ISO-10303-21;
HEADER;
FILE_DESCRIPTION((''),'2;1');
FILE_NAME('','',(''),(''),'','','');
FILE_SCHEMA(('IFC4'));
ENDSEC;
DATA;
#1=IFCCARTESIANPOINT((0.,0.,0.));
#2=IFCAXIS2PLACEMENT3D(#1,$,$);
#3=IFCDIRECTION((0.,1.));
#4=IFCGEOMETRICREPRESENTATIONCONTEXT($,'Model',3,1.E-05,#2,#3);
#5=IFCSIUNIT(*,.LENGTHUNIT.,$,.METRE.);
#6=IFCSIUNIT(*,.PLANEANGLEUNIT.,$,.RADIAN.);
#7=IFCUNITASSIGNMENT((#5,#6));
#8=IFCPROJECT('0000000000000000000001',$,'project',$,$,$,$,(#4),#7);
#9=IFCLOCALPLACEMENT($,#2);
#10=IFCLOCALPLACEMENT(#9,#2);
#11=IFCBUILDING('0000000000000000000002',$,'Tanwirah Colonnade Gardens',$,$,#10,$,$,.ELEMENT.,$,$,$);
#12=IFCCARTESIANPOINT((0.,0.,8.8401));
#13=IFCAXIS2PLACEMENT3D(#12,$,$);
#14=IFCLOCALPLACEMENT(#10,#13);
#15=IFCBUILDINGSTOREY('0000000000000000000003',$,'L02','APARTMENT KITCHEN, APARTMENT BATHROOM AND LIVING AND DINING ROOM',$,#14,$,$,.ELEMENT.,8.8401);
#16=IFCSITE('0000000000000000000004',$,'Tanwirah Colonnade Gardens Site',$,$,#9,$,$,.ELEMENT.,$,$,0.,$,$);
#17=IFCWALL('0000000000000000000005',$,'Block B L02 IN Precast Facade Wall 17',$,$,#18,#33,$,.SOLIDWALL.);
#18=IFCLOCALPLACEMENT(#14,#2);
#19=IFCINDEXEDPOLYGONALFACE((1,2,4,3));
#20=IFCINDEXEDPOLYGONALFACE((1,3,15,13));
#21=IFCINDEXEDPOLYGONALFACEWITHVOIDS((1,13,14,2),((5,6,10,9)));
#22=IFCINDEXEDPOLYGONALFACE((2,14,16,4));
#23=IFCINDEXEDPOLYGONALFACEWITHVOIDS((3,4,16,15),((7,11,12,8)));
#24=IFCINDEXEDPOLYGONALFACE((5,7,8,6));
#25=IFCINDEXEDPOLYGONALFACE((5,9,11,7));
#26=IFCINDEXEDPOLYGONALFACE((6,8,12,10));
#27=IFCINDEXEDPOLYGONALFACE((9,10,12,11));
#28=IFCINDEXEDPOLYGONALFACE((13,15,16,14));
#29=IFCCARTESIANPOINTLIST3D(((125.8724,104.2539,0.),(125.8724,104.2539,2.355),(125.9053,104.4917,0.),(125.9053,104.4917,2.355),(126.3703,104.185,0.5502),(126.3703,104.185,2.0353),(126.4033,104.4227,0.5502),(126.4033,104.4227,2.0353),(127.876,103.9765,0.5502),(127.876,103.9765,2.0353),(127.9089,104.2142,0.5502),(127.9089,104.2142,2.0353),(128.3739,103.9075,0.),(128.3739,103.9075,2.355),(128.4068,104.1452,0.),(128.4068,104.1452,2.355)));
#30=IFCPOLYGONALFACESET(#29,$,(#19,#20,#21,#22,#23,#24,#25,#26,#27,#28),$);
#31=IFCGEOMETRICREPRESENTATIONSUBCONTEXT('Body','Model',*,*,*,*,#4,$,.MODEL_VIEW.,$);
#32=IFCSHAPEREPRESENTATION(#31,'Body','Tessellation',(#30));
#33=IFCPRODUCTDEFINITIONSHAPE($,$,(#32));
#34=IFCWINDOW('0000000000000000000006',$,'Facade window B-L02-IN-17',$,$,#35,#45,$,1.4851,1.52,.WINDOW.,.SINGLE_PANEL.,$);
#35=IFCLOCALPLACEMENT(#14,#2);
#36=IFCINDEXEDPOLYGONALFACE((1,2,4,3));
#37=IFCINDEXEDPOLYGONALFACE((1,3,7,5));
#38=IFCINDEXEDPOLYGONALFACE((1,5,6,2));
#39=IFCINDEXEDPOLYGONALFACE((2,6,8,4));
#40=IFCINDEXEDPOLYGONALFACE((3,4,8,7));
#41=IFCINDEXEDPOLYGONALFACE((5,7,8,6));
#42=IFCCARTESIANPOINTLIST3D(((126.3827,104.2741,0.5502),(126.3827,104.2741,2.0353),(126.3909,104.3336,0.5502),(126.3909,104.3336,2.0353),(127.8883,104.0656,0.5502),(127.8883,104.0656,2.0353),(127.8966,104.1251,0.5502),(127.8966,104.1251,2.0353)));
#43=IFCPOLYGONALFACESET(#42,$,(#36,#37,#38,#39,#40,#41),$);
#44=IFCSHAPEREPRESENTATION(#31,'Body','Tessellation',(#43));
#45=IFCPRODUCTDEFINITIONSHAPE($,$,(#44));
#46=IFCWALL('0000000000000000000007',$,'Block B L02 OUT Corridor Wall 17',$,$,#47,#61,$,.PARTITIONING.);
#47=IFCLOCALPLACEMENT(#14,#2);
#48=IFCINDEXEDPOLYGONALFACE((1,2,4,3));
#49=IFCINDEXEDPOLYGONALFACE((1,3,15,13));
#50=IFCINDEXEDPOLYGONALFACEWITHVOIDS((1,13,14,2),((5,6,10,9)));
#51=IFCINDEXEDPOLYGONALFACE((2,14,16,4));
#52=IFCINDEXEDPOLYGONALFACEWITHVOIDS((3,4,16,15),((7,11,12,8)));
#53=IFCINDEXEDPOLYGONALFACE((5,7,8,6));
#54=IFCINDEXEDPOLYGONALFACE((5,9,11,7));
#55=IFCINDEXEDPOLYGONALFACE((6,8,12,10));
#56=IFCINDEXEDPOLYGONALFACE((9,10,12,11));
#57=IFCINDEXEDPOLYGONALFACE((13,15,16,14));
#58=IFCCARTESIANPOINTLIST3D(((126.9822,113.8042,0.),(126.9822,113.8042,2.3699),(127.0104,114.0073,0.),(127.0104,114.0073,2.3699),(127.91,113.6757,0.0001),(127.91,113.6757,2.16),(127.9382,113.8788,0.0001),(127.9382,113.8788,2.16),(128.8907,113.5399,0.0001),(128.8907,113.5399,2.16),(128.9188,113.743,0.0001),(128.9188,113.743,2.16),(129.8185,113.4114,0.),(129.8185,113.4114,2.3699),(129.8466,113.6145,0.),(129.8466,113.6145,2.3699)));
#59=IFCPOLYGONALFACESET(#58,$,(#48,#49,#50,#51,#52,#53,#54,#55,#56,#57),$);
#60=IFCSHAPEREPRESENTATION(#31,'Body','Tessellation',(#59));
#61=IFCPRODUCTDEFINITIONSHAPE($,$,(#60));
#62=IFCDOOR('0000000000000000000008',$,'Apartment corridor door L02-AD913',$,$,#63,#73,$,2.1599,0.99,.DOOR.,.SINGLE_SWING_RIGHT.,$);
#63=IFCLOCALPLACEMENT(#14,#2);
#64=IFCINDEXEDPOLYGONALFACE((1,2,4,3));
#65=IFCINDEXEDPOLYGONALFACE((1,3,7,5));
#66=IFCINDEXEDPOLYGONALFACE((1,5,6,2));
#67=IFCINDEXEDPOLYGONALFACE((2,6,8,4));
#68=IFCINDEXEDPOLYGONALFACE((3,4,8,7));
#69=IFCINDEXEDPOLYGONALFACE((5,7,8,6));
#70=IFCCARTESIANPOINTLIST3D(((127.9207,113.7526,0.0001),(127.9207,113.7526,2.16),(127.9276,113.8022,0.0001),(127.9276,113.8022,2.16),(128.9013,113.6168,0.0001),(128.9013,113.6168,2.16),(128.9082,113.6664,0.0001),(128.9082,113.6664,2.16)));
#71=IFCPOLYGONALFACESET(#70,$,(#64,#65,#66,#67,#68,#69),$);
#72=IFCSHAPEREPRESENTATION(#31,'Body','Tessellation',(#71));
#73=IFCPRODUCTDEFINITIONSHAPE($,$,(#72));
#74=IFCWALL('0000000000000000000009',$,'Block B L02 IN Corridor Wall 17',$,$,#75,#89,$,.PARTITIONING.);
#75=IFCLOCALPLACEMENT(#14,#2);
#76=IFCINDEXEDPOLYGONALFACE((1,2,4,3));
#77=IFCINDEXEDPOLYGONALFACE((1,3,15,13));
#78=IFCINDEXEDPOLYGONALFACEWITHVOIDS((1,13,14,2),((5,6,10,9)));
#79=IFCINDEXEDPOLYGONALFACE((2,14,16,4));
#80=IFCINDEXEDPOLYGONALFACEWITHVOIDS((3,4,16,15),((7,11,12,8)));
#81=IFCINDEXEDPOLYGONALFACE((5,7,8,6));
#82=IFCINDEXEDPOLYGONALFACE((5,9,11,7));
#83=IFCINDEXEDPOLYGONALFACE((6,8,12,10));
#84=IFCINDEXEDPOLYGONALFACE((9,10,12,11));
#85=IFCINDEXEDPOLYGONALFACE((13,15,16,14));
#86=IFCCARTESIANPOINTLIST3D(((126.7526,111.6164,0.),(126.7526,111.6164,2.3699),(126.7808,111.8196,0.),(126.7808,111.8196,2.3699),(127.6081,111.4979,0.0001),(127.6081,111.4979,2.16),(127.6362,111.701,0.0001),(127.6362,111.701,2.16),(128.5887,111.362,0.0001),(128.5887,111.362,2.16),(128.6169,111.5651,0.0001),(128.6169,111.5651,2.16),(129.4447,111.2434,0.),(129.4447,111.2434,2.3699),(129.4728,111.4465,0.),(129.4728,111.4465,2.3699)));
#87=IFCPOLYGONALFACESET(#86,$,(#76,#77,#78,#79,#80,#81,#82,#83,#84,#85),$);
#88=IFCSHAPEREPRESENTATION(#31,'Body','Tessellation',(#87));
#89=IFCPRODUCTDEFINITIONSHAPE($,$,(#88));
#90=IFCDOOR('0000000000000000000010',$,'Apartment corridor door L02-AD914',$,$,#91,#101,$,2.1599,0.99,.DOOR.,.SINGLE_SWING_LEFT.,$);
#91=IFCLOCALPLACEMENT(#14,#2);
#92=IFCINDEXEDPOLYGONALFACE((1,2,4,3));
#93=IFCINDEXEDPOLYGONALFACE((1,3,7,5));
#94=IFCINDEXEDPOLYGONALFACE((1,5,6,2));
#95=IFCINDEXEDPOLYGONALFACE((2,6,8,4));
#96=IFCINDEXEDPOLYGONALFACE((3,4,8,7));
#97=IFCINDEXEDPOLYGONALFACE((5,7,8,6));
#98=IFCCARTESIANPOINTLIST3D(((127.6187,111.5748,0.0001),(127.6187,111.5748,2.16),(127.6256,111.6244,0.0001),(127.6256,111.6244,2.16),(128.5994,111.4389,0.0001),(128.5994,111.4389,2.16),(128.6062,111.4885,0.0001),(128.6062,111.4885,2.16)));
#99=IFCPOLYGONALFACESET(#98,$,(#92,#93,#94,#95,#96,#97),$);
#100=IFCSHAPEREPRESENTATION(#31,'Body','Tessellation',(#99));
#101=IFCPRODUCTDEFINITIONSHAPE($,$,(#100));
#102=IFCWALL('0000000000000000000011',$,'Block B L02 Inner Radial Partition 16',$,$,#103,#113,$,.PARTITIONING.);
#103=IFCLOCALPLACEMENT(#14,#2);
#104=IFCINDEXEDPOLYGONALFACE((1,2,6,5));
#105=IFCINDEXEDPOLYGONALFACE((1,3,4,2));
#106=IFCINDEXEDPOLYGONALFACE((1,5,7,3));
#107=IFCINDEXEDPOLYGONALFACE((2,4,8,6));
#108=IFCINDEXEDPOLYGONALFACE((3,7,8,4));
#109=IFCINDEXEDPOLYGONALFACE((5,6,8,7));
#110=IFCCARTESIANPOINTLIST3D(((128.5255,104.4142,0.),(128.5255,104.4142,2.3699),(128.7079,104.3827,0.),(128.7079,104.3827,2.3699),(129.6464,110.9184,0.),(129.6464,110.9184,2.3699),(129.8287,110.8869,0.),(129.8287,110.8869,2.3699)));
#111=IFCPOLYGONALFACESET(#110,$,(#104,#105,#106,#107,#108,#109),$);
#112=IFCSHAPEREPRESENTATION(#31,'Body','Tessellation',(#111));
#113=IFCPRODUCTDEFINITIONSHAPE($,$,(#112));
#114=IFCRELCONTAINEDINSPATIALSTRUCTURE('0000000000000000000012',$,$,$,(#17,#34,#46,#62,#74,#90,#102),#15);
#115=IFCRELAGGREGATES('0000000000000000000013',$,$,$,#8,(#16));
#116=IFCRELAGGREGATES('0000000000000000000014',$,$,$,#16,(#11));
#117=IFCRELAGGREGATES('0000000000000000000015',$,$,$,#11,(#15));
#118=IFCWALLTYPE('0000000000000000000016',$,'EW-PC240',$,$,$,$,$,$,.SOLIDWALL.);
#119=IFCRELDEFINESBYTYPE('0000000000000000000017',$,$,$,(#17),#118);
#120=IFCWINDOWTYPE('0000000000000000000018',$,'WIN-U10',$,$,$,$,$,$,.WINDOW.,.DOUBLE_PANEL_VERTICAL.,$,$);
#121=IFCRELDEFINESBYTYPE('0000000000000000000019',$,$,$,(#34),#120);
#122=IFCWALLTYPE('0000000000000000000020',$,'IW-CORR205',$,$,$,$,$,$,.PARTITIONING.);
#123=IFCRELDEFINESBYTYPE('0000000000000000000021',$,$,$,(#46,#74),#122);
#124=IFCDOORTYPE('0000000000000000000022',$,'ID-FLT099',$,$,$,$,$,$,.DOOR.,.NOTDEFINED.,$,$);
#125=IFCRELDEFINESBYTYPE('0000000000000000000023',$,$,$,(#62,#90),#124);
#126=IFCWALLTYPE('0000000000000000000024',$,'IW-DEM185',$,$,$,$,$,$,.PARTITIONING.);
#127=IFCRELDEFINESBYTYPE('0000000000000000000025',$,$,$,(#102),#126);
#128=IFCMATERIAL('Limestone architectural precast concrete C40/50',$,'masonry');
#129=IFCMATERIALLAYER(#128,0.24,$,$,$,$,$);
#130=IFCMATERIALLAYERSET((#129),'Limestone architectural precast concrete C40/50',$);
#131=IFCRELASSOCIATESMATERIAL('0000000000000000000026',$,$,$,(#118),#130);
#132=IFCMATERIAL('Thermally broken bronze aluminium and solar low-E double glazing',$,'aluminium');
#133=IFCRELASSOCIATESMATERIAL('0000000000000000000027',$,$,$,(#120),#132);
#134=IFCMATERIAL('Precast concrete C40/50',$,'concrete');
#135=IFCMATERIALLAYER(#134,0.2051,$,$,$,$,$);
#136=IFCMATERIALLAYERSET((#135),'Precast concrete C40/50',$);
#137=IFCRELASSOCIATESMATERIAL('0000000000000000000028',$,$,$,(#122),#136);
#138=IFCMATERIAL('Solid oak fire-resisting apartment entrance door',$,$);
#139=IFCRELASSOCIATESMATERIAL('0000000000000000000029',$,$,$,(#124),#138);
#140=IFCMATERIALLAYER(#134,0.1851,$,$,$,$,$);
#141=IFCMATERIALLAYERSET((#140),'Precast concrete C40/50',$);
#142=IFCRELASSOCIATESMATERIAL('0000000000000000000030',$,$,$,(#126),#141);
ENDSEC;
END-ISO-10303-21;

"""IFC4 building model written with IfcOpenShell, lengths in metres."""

from ifc_helpers import new_model, si_unit, direction, frame, frame_2d, origin, place, context, subcontext, project, spatial, rectangle, extrude, material, layer, layer_set, type_object, element, fill, save


model = new_model("IFC4")

# Units and contexts
model_context = context("Model", 3, precision=1e-05, world=origin(), true_north=direction((0.0, 1.0)))
body_context = subcontext(model_context, "Body", "Model", "MODEL_VIEW")
ifc_project = project(units=[si_unit("LENGTHUNIT", "METRE"), si_unit("PLANEANGLEUNIT", "RADIAN")], contexts=[model_context])

# Site, building, storey
site_placement = place(None, origin())
site = spatial("IfcSite", under=ifc_project, at=site_placement, Name="Tanwirah Colonnade Gardens Site", CompositionType="ELEMENT", RefElevation=0.0)
building_placement = place(site_placement, origin())
building = spatial("IfcBuilding", under=site, at=building_placement, Name="Tanwirah Colonnade Gardens", CompositionType="ELEMENT")
storey_placement = place(building_placement, frame((0.0, 0.0, 8.8401)))
storey = spatial("IfcBuildingStorey", under=building, at=storey_placement, Name="L02", Description="APARTMENT KITCHEN, APARTMENT BATHROOM AND LIVING AND DINING ROOM", CompositionType="ELEMENT", Elevation=8.8401)

# Shared definitions
ifc_material_1 = material(Name="Precast concrete C40/50", Category="concrete")

# Wall, opening, window
ifc_material_2 = material(Name="Limestone architectural precast concrete C40/50", Category="masonry")
ifc_layer_1 = layer(ifc_material_2, 0.24)
ifc_layer_set_1 = layer_set([ifc_layer_1], Name="Limestone architectural precast concrete C40/50")
wall_type_1 = type_object("IfcWallType", Name="EW-PC240", PredefinedType="SOLIDWALL", material=ifc_layer_set_1)
wall_1_placement = place(storey_placement, frame((128.3904, 104.0264, 0.0), z_axis=(0.0, 0.0, 1.0), x_axis=(-0.990546, 0.137184, 0.0)))
wall_1 = element("IfcWall", 1, at=wall_1_placement, inside=storey, type_object=wall_type_1, Name="Block B L02 IN Precast Facade Wall 17", PredefinedType="SOLIDWALL", context=body_context, shape_type="SweptSolid", body=[
    extrude(rectangle(XDim=2.5254, YDim=0.24, at=frame_2d((1.2627, 0.0))), origin(), (0.0, 0.0, 1.0), 2.355),
])
opening_1_placement = place(wall_1_placement, frame((0.5027, 0.0, 0.55)))
opening_1 = element("IfcOpeningElement", 2, at=opening_1_placement, cuts=wall_1, PredefinedType="OPENING", context=body_context, shape_type="SweptSolid", body=[
    extrude(rectangle(XDim=1.52, YDim=1.4851, at=frame_2d((0.76, 0.7427))), frame((0.0, 0.1299, 0.0), z_axis=(0.0, -1.0, 0.0), x_axis=(1.0, 0.0, 0.0)), (0.0, 0.0, 1.0), 0.26),
])
ifc_material_3 = material(Name="Thermally broken bronze aluminium and solar low-E double glazing", Category="aluminium")
window_type = type_object("IfcWindowType", Name="WIN-U10", PartitioningType="DOUBLE_PANEL_VERTICAL", PredefinedType="WINDOW", material=ifc_material_3)
window_placement = place(opening_1_placement, origin())
window = element("IfcWindow", 3, at=window_placement, inside=storey, type_object=window_type, Name="Facade window B-L02-IN-17", OverallHeight=1.4851, OverallWidth=1.52, PartitioningType="SINGLE_PANEL", PredefinedType="WINDOW", context=body_context, shape_type="SweptSolid", body=[
    extrude(rectangle(XDim=1.52, YDim=1.4851, at=frame_2d((0.76, 0.7427))), frame((0.0, 0.03, 0.0), z_axis=(0.0, -1.0, 0.0), x_axis=(1.0, 0.0, 0.0)), (0.0, 0.0, 1.0), 0.0601),
])
fill(opening_1, window)

# Walls, openings, doors
ifc_layer_2 = layer(ifc_material_1, 0.2051)
ifc_layer_set_2 = layer_set([ifc_layer_2], Name="Precast concrete C40/50")
wall_type_2 = type_object("IfcWallType", Name="IW-CORR205", PredefinedType="PARTITIONING", material=ifc_layer_set_2)
wall_2_placement = place(storey_placement, frame((129.8325, 113.5129, 0.0), z_axis=(0.0, 0.0, 1.0), x_axis=(-0.990544, 0.137194, 0.0)))
wall_2 = element("IfcWall", 4, at=wall_2_placement, inside=storey, type_object=wall_type_2, Name="Block B L02 OUT Corridor Wall 17", PredefinedType="PARTITIONING", context=body_context, shape_type="SweptSolid", body=[
    extrude(rectangle(XDim=2.8633, YDim=0.2051, at=frame_2d((1.4316, 0.0))), origin(), (0.0, 0.0, 1.0), 2.3699),
])
opening_2_placement = place(wall_2_placement, frame((0.9365, 0.0, 0.0)))
opening_2 = element("IfcOpeningElement", 5, at=opening_2_placement, cuts=wall_2, PredefinedType="OPENING", context=body_context, shape_type="SweptSolid", body=[
    extrude(rectangle(XDim=0.99, YDim=2.1599, at=frame_2d((0.4951, 1.0801))), frame((0.0, 0.1125, 0.0), z_axis=(0.0, -1.0, 0.0), x_axis=(1.0, 0.0, 0.0)), (0.0, 0.0, 1.0), 0.2251),
])
ifc_material_4 = material(Name="Solid oak fire-resisting apartment entrance door")
door_type = type_object("IfcDoorType", Name="ID-FLT099", OperationType="NOTDEFINED", PredefinedType="DOOR", material=ifc_material_4)
door_1_placement = place(opening_2_placement, origin())
door_1 = element("IfcDoor", 6, at=door_1_placement, inside=storey, type_object=door_type, Name="Apartment corridor door L02-AD913", OperationType="SINGLE_SWING_RIGHT", OverallHeight=2.1599, OverallWidth=0.99, PredefinedType="DOOR", context=body_context, shape_type="SweptSolid", body=[
    extrude(rectangle(XDim=0.99, YDim=2.1599, at=frame_2d((0.4951, 1.0801))), frame((0.0, 0.0249, 0.0), z_axis=(0.0, -1.0, 0.0), x_axis=(1.0, 0.0, 0.0)), (0.0, 0.0, 1.0), 0.05),
])
fill(opening_2, door_1)
wall_3_placement = place(storey_placement, frame((129.4587, 111.345, 0.0), z_axis=(0.0, 0.0, 1.0), x_axis=(-0.990535, 0.137257, 0.0)))
wall_3 = element("IfcWall", 7, at=wall_3_placement, inside=storey, type_object=wall_type_2, Name="Block B L02 IN Corridor Wall 17", PredefinedType="PARTITIONING", context=body_context, shape_type="SweptSolid", body=[
    extrude(rectangle(XDim=2.7178, YDim=0.2051, at=frame_2d((1.3589, 0.0))), origin(), (0.0, 0.0, 1.0), 2.3699),
])
opening_3_placement = place(wall_3_placement, frame((0.864, 0.0, 0.0)))
opening_3 = element("IfcOpeningElement", 8, at=opening_3_placement, cuts=wall_3, PredefinedType="OPENING", context=body_context, shape_type="SweptSolid", body=[
    extrude(rectangle(XDim=0.99, YDim=2.1599, at=frame_2d((0.4951, 1.0801))), frame((0.0, 0.1125, 0.0), z_axis=(0.0, -1.0, 0.0), x_axis=(1.0, 0.0, 0.0)), (0.0, 0.0, 1.0), 0.2251),
])
door_2_placement = place(opening_3_placement, origin())
door_2 = element("IfcDoor", 9, at=door_2_placement, inside=storey, type_object=door_type, Name="Apartment corridor door L02-AD914", OperationType="SINGLE_SWING_LEFT", OverallHeight=2.1599, OverallWidth=0.99, PredefinedType="DOOR", context=body_context, shape_type="SweptSolid", body=[
    extrude(rectangle(XDim=0.99, YDim=2.1599, at=frame_2d((0.4951, 1.0801))), frame((0.0, 0.0249, 0.0), z_axis=(0.0, -1.0, 0.0), x_axis=(1.0, 0.0, 0.0)), (0.0, 0.0, 1.0), 0.05),
])
fill(opening_3, door_2)

# Wall
ifc_layer_3 = layer(ifc_material_1, 0.1851)
ifc_layer_set_3 = layer_set([ifc_layer_3], Name="Precast concrete C40/50")
wall_type_3 = type_object("IfcWallType", Name="IW-DEM185", PredefinedType="PARTITIONING", material=ifc_layer_set_3)
wall_4_placement = place(storey_placement, frame((128.6167, 104.3984, 0.0), z_axis=(0.0, 0.0, 1.0), x_axis=(0.169825, 0.985474, 0.0)))
element("IfcWall", 10, at=wall_4_placement, inside=storey, type_object=wall_type_3, Name="Block B L02 Inner Radial Partition 16", PredefinedType="PARTITIONING", context=body_context, shape_type="SweptSolid", body=[
    extrude(rectangle(XDim=6.6001, YDim=0.1851, at=frame_2d((3.3, 0.0))), origin(), (0.0, 0.0, 1.0), 2.3699),
])

save(model, "model.ifc")
